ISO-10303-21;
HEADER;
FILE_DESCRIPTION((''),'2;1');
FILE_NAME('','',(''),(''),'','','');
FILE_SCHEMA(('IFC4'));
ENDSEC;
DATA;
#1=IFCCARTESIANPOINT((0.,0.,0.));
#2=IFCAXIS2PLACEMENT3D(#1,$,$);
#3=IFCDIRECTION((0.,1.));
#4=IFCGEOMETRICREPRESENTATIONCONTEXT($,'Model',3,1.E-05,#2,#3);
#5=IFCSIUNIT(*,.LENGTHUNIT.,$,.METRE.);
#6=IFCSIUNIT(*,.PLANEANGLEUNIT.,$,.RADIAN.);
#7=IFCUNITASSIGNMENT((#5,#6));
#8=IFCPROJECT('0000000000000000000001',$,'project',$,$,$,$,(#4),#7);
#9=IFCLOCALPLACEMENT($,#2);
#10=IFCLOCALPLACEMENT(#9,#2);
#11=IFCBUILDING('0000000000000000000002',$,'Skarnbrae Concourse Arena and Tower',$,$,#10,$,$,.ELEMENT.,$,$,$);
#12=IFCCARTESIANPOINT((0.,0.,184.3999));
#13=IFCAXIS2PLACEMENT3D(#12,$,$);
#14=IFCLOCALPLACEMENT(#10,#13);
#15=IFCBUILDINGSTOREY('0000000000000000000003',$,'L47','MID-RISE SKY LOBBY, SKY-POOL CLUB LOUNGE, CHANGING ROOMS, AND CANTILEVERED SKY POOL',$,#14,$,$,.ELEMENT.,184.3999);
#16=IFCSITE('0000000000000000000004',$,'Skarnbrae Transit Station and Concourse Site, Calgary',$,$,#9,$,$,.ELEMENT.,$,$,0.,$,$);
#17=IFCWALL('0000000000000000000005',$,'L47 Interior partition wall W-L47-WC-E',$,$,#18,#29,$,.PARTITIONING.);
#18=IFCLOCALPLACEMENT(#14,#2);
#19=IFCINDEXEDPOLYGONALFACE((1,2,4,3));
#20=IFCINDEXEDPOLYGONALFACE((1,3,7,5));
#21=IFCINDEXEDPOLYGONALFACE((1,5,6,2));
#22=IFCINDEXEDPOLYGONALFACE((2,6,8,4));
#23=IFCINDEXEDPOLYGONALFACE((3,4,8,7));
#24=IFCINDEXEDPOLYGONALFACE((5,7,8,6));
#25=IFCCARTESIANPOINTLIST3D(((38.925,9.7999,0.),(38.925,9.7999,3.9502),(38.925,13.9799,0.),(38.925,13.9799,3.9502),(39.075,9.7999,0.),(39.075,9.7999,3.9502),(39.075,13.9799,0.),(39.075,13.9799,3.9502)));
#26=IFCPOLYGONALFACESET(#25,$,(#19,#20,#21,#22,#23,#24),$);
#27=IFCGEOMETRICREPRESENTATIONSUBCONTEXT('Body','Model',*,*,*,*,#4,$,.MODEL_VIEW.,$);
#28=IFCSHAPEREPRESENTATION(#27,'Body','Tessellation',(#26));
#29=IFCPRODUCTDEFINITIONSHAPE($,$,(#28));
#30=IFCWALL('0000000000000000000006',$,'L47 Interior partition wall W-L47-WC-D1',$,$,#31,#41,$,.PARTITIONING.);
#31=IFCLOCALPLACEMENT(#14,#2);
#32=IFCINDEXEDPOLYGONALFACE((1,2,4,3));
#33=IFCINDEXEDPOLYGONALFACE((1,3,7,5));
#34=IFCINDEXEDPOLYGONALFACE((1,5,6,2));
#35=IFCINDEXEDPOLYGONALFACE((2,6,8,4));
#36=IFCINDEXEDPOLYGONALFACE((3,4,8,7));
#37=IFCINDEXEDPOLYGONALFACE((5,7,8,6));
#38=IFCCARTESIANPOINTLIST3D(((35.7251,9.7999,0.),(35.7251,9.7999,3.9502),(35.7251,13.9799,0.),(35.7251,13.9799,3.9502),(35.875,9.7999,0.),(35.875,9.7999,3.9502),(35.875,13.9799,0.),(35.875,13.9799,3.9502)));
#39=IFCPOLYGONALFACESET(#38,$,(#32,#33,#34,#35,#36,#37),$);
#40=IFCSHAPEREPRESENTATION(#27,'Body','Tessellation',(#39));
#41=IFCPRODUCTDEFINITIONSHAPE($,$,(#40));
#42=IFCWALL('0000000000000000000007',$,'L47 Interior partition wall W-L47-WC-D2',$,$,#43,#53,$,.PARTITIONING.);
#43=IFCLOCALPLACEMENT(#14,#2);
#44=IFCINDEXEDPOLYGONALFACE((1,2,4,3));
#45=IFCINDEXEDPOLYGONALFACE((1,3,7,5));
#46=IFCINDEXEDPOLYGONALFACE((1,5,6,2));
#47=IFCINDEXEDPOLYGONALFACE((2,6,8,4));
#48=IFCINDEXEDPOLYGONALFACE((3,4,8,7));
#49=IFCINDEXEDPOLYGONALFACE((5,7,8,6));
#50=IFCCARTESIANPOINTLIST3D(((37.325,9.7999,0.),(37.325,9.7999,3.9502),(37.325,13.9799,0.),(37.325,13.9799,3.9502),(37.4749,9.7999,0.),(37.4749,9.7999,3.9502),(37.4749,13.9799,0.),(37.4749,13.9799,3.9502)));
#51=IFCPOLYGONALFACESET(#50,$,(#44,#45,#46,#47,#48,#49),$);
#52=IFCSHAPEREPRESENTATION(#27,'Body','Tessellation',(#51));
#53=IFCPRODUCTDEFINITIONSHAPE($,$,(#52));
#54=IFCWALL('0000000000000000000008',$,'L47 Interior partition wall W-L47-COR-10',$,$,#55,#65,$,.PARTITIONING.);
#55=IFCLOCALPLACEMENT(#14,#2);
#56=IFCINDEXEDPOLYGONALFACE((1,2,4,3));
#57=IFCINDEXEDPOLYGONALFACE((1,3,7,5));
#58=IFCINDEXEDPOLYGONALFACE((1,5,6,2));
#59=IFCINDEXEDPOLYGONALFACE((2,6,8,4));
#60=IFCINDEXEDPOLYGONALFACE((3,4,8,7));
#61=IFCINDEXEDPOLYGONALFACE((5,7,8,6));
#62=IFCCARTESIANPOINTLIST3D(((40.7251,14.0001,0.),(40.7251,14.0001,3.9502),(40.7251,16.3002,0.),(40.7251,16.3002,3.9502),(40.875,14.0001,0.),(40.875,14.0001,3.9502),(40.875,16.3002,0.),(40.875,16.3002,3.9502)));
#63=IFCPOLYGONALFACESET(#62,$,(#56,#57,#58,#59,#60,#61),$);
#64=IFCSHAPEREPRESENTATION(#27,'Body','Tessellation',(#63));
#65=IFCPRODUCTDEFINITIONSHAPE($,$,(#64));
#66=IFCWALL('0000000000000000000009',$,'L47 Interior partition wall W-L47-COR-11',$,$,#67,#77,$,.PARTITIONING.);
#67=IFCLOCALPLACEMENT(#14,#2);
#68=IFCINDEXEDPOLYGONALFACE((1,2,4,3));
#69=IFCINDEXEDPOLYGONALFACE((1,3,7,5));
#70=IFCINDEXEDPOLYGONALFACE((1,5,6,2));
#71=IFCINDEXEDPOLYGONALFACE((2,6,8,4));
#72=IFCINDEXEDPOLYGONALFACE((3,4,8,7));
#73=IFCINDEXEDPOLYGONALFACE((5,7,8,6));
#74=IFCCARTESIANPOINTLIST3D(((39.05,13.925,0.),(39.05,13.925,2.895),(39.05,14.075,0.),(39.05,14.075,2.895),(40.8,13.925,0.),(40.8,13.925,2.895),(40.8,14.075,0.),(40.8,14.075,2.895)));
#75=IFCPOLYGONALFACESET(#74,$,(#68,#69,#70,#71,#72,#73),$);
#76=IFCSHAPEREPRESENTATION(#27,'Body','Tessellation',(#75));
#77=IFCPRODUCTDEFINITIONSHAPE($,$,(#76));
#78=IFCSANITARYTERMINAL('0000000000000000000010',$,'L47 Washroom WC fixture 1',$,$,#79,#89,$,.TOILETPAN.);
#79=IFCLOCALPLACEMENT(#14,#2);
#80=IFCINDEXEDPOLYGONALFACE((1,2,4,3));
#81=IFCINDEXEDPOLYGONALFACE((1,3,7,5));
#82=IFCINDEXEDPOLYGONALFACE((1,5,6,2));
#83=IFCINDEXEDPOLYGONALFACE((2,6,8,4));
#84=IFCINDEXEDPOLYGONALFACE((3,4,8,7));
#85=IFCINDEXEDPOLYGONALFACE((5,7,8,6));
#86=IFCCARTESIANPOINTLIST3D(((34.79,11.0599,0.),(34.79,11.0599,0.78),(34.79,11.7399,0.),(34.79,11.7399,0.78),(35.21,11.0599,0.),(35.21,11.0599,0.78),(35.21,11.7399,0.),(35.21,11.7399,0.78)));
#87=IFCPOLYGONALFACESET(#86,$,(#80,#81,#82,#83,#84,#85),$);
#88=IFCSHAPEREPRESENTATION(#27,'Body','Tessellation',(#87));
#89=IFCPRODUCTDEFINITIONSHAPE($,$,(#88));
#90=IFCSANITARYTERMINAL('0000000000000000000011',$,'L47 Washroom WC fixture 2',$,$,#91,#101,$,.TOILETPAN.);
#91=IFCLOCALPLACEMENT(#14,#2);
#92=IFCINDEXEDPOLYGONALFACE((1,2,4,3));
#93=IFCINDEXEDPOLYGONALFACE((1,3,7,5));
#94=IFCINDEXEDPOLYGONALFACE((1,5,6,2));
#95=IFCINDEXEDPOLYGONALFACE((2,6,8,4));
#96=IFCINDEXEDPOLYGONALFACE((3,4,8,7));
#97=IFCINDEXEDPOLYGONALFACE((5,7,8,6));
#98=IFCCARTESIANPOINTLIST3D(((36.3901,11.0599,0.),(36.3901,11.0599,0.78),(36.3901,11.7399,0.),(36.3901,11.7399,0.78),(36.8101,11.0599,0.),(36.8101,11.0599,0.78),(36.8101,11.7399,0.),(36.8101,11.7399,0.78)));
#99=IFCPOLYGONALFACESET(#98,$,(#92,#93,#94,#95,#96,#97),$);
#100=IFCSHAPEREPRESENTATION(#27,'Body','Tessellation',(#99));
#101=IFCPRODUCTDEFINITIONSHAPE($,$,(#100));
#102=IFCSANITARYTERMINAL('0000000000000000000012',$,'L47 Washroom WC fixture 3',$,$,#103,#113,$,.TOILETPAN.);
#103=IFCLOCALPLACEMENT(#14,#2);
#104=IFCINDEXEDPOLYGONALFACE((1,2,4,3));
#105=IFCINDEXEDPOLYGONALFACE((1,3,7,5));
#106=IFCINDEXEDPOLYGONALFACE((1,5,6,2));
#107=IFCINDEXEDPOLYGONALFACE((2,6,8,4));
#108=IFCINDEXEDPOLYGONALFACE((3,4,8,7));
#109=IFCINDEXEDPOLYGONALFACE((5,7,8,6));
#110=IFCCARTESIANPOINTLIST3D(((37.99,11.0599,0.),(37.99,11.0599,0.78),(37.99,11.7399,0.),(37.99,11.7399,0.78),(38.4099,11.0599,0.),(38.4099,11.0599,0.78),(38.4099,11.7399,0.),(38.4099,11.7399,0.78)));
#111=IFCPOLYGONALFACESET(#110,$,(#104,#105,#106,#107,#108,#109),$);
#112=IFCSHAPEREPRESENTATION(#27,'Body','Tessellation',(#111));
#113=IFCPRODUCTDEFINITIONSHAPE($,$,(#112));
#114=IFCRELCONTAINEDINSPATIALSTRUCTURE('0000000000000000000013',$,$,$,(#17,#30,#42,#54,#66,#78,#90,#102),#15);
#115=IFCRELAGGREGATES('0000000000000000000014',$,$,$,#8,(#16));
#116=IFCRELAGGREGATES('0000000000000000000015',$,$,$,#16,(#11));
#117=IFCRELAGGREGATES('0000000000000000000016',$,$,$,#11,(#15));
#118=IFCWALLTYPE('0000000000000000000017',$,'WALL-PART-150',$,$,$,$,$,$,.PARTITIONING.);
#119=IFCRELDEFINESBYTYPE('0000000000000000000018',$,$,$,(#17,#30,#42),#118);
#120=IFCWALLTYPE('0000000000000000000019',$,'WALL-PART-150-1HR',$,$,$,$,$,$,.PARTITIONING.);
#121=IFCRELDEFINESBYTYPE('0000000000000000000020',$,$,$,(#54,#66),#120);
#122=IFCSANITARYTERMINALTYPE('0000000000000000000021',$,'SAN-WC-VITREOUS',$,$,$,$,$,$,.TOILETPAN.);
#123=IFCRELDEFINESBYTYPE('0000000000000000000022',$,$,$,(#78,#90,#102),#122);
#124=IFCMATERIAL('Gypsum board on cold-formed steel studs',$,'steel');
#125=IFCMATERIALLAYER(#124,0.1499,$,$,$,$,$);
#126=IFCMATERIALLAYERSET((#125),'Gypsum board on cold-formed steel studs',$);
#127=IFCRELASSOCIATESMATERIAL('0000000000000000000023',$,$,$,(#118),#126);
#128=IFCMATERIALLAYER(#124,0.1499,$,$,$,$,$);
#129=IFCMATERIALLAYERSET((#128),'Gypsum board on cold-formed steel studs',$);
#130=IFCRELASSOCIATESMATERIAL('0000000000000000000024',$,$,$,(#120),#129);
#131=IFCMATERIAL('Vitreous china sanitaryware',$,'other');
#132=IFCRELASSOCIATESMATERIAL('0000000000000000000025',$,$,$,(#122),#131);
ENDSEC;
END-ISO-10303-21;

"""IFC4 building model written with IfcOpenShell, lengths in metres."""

from ifc_helpers import new_model, si_unit, direction, frame, frame_2d, origin, origin_2d, place, context, subcontext, project, spatial, rectangle, extrude, source, transform, mapped, material, layer, layer_set, type_object, element, save


model = new_model("IFC4")

# Units and contexts
model_context = context("Model", 3, precision=1e-05, world=origin(), true_north=direction((0.0, 1.0)))
body_context = subcontext(model_context, "Body", "Model", "MODEL_VIEW")
ifc_project = project(units=[si_unit("LENGTHUNIT", "METRE"), si_unit("PLANEANGLEUNIT", "RADIAN")], contexts=[model_context])

# Site, building, storey
site_placement = place(None, origin())
site = spatial("IfcSite", under=ifc_project, at=site_placement, Name="Skarnbrae Transit Station and Concourse Site, Calgary", CompositionType="ELEMENT", RefElevation=0.0)
building_placement = place(site_placement, origin())
building = spatial("IfcBuilding", under=site, at=building_placement, Name="Skarnbrae Concourse Arena and Tower", CompositionType="ELEMENT")
storey_placement = place(building_placement, frame((0.0, 0.0, 184.3999)))
storey = spatial("IfcBuildingStorey", under=building, at=storey_placement, Name="L47", Description="MID-RISE SKY LOBBY, SKY-POOL CLUB LOUNGE, CHANGING ROOMS, AND CANTILEVERED SKY POOL", CompositionType="ELEMENT", Elevation=184.3999)

# Shared definitions
ifc_material_1 = material(Name="Gypsum board on cold-formed steel studs", Category="steel")
ifc_layer_1 = layer(ifc_material_1, 0.1499)
ifc_layer_set_1 = layer_set([ifc_layer_1], Name="Gypsum board on cold-formed steel studs")
wall_type_1 = type_object("IfcWallType", Name="WALL-PART-150", PredefinedType="PARTITIONING", material=ifc_layer_set_1)

# Walls
shared_shape_1 = source(origin(), body_context, "Body", "SweptSolid", [
    extrude(rectangle(XDim=4.1799, YDim=0.1499, at=frame_2d((2.0898, 0.0))), origin(), (0.0, 0.0, 1.0), 3.9502),
])
for number, where, z_axis, x_axis, name in (
    (1, (39.0, 9.8, 0.0), (0.0, 0.0, 1.0), (0.0, 1.0, 0.0), "L47 Interior partition wall W-L47-WC-E"),
    (2, (35.8, 9.8, 0.0), (0.0, 0.0, 1.0), (0.0, 1.0, 0.0), "L47 Interior partition wall W-L47-WC-D1"),
    (3, (37.3999, 9.8, 0.0), (0.0, 0.0, 1.0), (0.0, 1.0, 0.0), "L47 Interior partition wall W-L47-WC-D2"),
):
    element("IfcWall", number, at=place(storey_placement, frame(where, z_axis=z_axis, x_axis=x_axis)), inside=storey, type_object=wall_type_1, Name=name, PredefinedType="PARTITIONING", context=body_context, shape_type="MappedRepresentation", body=[
        mapped(shared_shape_1, transform((0.0, 0.0, 0.0))),
    ])
ifc_layer_2 = layer(ifc_material_1, 0.1499)
ifc_layer_set_2 = layer_set([ifc_layer_2], Name="Gypsum board on cold-formed steel studs")
wall_type_2 = type_object("IfcWallType", Name="WALL-PART-150-1HR", PredefinedType="PARTITIONING", material=ifc_layer_set_2)
shared_shape_2 = source(origin(), body_context, "Body", "SweptSolid", [
    extrude(rectangle(XDim=2.3, YDim=0.1499, at=frame_2d((1.1499, 0.0))), origin(), (0.0, 0.0, 1.0), 3.9502),
])
wall_1_placement = place(storey_placement, frame((40.8, 16.3, 0.0), z_axis=(0.0, 0.0, 1.0), x_axis=(0.0, -1.0, 0.0)))
element("IfcWall", 4, at=wall_1_placement, inside=storey, type_object=wall_type_2, Name="L47 Interior partition wall W-L47-COR-10", PredefinedType="PARTITIONING", context=body_context, shape_type="MappedRepresentation", body=[
    mapped(shared_shape_2, transform((0.0, 0.0, 0.0))),
])
shared_shape_3 = source(origin(), body_context, "Body", "SweptSolid", [
    extrude(rectangle(XDim=1.75, YDim=0.1499, at=frame_2d((0.875, 0.0))), origin(), (0.0, 0.0, 1.0), 2.895),
])
wall_2_placement = place(storey_placement, frame((40.8, 14.0, 0.0), z_axis=(0.0, 0.0, 1.0), x_axis=(-1.0, 0.0, 0.0)))
element("IfcWall", 5, at=wall_2_placement, inside=storey, type_object=wall_type_2, Name="L47 Interior partition wall W-L47-COR-11", PredefinedType="PARTITIONING", context=body_context, shape_type="MappedRepresentation", body=[
    mapped(shared_shape_3, transform((0.0, 0.0, 0.0))),
])

# Sanitary terminals
ifc_material_2 = material(Name="Vitreous china sanitaryware", Category="other")
sanitary_terminal_type = type_object("IfcSanitaryTerminalType", Name="SAN-WC-VITREOUS", PredefinedType="TOILETPAN", material=ifc_material_2)
shared_shape_4 = source(origin(), body_context, "Body", "SweptSolid", [
    extrude(rectangle(XDim=0.4199, YDim=0.6799, at=origin_2d()), origin(), (0.0, 0.0, 1.0), 0.78),
])
for number, where, z_axis, x_axis, name in (
    (6, (35.0, 11.3999, 0.0), (0.0, 0.0, 1.0), (1.0, 0.0, 0.0), "L47 Washroom WC fixture 1"),
    (7, (36.6001, 11.3999, 0.0), (0.0, 0.0, 1.0), (1.0, 0.0, 0.0), "L47 Washroom WC fixture 2"),
    (8, (38.2, 11.3999, 0.0), (0.0, 0.0, 1.0), (1.0, 0.0, 0.0), "L47 Washroom WC fixture 3"),
):
    element("IfcSanitaryTerminal", number, at=place(storey_placement, frame(where, z_axis=z_axis, x_axis=x_axis)), inside=storey, type_object=sanitary_terminal_type, Name=name, PredefinedType="TOILETPAN", context=body_context, shape_type="MappedRepresentation", body=[
        mapped(shared_shape_4, transform((0.0, 0.0, 0.0))),
    ])

save(model, "model.ifc")
